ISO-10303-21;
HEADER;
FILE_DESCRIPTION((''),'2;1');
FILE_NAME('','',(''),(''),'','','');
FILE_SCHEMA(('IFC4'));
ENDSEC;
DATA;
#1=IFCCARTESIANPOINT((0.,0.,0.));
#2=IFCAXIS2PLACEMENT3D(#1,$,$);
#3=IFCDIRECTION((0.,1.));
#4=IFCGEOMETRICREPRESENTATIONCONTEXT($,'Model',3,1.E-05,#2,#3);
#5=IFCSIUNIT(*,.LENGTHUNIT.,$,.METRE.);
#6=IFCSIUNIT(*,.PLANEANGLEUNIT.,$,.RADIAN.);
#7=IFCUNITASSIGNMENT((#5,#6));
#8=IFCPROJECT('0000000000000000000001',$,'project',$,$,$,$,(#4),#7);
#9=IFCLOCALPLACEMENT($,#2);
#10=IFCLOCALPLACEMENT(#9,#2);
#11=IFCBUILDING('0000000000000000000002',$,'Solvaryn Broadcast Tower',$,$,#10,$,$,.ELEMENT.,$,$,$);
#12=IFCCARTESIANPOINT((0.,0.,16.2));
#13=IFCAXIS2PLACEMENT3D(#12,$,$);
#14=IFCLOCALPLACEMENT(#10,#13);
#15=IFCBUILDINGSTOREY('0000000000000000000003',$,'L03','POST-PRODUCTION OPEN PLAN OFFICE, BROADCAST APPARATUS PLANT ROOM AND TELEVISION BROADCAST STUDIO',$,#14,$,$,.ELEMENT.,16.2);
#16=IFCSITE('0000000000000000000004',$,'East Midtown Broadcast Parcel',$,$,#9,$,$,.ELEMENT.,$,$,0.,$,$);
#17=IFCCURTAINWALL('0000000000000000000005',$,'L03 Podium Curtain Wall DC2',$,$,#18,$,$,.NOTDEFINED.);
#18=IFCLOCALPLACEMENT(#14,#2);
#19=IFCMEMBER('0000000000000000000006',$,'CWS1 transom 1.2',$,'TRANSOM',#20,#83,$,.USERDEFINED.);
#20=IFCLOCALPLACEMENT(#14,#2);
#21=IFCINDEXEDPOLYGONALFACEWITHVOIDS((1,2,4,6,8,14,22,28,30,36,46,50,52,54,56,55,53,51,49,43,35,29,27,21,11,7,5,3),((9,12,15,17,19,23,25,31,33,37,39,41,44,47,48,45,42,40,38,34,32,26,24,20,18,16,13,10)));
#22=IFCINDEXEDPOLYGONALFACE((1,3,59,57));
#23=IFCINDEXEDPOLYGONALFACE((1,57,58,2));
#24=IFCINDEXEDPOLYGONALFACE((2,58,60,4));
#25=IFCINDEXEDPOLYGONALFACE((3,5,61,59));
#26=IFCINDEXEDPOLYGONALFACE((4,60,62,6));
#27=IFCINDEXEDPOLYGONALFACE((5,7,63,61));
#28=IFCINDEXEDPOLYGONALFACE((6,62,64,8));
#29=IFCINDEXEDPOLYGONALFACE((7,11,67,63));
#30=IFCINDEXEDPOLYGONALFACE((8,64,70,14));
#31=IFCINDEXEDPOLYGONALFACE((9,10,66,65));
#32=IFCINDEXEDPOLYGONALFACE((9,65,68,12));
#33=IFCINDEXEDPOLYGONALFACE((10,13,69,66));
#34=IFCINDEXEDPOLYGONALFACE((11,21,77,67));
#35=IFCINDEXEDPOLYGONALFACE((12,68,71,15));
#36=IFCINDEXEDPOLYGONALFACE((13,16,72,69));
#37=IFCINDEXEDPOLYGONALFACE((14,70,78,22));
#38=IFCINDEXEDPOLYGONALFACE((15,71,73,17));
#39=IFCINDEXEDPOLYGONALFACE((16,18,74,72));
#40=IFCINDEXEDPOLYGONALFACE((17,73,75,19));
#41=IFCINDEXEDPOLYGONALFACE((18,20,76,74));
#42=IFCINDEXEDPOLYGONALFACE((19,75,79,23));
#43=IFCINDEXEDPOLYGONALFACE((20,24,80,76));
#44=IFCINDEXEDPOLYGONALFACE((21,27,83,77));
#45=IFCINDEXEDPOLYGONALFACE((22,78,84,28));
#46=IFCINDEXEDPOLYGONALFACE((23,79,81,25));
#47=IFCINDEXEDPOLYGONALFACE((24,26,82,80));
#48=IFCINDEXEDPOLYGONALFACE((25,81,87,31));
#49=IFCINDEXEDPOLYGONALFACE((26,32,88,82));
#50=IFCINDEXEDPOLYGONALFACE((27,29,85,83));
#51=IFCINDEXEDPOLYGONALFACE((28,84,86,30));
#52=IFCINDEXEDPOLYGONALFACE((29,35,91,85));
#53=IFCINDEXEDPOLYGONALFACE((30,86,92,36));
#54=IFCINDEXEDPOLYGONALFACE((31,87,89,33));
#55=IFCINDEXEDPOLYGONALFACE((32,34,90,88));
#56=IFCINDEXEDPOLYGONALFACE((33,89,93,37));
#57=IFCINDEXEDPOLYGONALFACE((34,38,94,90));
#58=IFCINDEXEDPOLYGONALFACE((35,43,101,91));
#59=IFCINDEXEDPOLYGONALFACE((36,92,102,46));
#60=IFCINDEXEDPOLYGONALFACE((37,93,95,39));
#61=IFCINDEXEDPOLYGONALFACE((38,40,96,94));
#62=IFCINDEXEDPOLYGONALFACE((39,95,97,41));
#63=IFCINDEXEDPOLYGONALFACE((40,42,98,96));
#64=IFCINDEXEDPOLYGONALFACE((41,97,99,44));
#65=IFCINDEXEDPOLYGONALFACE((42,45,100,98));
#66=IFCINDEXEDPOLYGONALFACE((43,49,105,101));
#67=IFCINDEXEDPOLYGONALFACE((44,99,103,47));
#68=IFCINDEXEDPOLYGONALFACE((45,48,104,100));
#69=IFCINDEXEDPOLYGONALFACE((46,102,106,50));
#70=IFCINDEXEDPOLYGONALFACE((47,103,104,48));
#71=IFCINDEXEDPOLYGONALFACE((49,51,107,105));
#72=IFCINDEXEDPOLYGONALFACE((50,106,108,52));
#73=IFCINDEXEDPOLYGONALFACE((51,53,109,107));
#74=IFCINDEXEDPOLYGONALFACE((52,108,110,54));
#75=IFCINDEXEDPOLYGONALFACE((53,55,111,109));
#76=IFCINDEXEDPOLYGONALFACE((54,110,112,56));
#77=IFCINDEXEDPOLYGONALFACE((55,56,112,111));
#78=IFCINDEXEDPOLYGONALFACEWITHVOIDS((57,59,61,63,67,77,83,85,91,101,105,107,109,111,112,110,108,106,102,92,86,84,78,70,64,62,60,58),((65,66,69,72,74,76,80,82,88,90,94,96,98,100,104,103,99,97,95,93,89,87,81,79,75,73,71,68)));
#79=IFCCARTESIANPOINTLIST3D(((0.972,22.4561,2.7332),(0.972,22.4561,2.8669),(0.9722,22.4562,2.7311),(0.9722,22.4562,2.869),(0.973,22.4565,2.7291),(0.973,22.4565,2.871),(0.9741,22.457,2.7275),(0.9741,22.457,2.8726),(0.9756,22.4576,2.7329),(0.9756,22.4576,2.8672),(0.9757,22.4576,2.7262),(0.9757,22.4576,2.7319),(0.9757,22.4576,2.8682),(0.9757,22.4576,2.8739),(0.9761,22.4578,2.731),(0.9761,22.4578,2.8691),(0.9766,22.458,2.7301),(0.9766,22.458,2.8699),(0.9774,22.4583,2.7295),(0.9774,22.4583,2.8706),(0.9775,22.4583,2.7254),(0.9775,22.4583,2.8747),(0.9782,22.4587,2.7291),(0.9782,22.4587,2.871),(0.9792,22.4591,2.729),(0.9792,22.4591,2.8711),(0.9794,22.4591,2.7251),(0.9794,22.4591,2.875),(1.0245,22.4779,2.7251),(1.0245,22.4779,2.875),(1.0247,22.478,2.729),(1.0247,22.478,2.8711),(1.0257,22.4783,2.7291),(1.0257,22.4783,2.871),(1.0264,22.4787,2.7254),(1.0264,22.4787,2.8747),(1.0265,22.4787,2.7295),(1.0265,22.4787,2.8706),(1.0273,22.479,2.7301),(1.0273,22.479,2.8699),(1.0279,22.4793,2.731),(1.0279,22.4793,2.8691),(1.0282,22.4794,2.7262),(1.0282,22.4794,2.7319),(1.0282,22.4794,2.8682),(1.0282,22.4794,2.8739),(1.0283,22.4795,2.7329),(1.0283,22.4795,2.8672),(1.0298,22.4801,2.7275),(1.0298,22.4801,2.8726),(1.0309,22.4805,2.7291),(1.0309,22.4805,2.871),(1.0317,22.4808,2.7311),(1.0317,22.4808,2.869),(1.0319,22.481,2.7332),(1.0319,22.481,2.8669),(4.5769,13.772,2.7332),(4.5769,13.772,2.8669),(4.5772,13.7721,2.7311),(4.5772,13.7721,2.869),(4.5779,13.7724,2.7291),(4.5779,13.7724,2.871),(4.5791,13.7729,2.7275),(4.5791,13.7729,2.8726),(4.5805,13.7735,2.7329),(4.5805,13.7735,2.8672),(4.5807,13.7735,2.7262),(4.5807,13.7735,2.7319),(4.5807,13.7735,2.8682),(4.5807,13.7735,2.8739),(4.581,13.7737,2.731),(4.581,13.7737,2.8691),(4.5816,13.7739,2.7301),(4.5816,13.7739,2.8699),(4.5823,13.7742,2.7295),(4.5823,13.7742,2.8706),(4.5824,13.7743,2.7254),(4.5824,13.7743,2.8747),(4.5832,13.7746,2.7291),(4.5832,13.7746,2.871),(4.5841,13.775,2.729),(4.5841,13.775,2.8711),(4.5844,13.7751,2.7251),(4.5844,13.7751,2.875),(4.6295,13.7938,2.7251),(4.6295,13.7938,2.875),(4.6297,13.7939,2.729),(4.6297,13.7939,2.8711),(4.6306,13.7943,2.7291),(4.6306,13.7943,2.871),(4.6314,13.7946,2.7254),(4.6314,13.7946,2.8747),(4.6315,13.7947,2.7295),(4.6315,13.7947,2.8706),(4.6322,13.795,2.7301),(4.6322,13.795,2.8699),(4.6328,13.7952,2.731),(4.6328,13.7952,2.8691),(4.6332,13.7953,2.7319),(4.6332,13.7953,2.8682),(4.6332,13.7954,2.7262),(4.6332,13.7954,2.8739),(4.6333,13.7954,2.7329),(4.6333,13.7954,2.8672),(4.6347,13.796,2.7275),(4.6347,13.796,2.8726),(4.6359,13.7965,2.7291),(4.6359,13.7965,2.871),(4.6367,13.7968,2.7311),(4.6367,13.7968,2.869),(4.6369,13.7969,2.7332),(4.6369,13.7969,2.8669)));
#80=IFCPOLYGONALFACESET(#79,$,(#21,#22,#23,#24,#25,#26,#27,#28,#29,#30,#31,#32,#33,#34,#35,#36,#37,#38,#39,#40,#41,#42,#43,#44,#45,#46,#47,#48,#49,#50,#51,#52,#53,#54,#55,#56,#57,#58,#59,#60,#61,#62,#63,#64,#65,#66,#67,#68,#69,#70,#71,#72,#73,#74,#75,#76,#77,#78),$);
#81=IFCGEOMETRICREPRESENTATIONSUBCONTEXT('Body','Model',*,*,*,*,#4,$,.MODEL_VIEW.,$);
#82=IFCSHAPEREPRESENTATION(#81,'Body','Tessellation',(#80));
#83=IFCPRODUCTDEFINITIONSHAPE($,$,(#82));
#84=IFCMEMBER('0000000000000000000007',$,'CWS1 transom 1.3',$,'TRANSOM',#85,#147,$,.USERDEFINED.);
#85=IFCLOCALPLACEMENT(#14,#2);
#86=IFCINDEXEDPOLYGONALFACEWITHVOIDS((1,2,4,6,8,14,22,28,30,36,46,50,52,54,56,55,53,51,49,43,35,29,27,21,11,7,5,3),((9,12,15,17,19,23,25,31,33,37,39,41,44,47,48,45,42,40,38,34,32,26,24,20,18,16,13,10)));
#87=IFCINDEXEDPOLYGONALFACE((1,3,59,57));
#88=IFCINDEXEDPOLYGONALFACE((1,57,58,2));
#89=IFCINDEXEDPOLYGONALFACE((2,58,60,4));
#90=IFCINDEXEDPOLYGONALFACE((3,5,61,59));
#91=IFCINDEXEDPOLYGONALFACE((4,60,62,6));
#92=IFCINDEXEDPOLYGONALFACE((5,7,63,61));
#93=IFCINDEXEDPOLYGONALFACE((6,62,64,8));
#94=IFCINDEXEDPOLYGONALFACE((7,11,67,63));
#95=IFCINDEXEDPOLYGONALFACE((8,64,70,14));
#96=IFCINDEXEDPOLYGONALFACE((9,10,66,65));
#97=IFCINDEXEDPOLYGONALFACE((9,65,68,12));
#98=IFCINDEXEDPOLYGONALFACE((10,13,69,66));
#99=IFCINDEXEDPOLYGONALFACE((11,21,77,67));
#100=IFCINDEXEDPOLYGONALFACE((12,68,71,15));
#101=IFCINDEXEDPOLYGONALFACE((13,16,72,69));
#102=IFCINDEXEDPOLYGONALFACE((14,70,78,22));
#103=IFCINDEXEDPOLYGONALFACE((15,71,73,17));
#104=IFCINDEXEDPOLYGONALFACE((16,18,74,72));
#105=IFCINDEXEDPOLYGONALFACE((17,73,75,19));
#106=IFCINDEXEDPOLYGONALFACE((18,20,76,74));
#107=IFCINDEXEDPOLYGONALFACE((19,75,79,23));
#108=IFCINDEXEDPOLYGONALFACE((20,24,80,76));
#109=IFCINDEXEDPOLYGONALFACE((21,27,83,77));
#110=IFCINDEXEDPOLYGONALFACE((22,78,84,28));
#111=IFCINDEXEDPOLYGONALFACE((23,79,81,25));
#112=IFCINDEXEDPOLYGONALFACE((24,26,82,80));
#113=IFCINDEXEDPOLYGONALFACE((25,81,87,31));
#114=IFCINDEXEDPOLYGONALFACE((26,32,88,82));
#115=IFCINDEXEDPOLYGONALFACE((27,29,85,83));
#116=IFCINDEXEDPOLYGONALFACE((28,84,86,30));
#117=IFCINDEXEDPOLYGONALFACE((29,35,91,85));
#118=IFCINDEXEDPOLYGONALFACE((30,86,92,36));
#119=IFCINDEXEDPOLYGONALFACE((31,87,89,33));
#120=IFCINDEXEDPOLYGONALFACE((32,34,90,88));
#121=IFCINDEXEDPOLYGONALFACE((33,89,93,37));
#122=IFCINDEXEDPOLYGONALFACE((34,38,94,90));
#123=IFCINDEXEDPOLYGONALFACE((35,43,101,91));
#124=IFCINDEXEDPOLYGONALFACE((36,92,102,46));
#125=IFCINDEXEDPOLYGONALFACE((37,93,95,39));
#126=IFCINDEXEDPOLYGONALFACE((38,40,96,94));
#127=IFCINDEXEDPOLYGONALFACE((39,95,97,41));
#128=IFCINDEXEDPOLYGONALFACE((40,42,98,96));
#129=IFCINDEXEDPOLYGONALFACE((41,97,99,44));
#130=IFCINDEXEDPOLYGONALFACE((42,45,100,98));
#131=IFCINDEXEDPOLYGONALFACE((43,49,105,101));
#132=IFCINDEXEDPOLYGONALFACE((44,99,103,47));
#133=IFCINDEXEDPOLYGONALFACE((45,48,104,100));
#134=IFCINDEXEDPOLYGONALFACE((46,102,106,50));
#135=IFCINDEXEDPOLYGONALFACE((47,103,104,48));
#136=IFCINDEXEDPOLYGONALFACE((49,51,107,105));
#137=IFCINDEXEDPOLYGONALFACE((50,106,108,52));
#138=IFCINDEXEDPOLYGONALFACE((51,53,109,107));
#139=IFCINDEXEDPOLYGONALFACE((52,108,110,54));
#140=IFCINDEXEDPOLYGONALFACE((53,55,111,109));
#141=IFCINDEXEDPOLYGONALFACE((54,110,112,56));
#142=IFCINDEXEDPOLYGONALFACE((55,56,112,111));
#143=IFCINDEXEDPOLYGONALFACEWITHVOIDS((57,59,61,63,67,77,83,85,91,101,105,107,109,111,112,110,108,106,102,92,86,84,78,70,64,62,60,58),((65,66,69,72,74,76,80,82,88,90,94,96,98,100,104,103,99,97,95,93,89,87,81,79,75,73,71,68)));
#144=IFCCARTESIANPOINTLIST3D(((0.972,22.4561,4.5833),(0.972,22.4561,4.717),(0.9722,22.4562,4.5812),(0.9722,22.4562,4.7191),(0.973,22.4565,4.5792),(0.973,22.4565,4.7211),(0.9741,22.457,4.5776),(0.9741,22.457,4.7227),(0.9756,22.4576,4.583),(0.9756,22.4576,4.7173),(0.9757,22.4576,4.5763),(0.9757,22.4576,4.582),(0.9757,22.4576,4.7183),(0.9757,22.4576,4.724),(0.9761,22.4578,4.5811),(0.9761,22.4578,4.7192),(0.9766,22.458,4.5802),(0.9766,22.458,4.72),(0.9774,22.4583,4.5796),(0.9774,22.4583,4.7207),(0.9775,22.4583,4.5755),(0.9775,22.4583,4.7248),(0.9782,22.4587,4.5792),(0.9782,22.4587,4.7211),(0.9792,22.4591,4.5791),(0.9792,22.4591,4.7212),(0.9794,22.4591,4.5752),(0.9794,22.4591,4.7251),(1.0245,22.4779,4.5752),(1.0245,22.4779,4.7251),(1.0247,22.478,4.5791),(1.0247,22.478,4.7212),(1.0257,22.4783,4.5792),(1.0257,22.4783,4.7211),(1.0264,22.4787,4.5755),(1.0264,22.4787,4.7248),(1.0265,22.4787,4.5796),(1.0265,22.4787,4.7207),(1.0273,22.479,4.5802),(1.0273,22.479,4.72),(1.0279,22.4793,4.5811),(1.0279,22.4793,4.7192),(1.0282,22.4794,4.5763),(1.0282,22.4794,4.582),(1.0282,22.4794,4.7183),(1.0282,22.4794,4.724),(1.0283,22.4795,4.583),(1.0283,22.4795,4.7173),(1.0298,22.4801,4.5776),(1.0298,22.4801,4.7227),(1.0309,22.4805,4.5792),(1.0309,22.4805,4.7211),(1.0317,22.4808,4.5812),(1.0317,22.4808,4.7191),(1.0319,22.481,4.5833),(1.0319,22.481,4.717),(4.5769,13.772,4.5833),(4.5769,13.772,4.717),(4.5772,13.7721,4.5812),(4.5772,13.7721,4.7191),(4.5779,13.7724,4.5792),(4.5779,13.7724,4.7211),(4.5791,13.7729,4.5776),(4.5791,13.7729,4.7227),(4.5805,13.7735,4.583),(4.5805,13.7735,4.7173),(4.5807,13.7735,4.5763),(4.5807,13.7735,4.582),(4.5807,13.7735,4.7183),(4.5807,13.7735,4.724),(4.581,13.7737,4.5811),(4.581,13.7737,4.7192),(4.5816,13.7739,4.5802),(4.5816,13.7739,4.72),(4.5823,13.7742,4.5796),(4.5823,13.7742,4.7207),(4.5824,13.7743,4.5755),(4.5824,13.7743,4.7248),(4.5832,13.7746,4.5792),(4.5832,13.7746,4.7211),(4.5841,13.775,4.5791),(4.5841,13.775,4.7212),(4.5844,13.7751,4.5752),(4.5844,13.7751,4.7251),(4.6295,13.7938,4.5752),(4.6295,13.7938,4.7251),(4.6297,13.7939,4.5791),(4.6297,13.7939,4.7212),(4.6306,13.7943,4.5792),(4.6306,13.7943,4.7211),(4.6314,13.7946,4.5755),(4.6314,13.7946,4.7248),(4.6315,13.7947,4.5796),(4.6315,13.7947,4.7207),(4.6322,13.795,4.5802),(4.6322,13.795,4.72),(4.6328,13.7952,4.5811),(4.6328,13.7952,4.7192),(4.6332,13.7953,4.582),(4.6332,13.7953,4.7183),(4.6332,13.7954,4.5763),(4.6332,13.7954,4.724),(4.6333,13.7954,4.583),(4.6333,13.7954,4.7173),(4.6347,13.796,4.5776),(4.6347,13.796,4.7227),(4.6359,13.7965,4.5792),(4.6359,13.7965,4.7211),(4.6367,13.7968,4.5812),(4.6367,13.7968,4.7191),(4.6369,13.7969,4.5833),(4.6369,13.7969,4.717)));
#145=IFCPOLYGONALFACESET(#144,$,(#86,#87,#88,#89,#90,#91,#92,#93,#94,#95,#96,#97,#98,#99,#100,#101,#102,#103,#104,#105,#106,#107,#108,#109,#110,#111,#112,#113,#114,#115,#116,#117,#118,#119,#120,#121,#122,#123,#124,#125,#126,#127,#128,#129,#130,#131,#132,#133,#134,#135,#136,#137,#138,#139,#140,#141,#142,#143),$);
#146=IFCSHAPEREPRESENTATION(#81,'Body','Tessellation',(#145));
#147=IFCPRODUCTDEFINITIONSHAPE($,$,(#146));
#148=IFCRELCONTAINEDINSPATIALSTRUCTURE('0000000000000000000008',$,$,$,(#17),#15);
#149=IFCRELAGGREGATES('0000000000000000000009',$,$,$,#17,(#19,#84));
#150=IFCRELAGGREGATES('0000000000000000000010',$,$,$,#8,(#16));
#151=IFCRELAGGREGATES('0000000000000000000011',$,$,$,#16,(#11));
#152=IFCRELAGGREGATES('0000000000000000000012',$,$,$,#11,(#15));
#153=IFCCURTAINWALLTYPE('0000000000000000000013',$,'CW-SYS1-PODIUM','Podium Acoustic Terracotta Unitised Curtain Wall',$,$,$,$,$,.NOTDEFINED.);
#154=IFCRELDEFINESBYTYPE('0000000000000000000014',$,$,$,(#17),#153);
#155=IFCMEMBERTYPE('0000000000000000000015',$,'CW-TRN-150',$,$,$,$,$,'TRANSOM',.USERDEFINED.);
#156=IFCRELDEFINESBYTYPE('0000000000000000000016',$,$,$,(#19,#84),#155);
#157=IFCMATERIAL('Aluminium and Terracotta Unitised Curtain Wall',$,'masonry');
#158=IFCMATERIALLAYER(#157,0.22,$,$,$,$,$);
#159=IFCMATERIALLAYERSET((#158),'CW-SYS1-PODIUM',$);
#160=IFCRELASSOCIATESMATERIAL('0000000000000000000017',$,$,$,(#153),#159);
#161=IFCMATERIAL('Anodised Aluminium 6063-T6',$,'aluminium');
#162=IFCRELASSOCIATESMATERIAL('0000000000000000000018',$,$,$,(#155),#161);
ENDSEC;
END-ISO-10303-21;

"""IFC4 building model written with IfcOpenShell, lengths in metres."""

from ifc_helpers import new_model, si_unit, direction, frame, origin, origin_2d, place, context, subcontext, project, spatial, hollow_rectangle, extrude, material, layer, layer_set, material_profile, profile_set, type_object, element, aggregate, save


model = new_model("IFC4")

# Units and contexts
model_context = context("Model", 3, precision=1e-05, world=origin(), true_north=direction((0.0, 1.0)))
body_context = subcontext(model_context, "Body", "Model", "MODEL_VIEW")
ifc_project = project(units=[si_unit("LENGTHUNIT", "METRE"), si_unit("PLANEANGLEUNIT", "RADIAN")], contexts=[model_context])

# Site, building, storey
site_placement = place(None, origin())
site = spatial("IfcSite", under=ifc_project, at=site_placement, Name="East Midtown Broadcast Parcel", CompositionType="ELEMENT", RefElevation=0.0)
building_placement = place(site_placement, origin())
building = spatial("IfcBuilding", under=site, at=building_placement, Name="Solvaryn Broadcast Tower", CompositionType="ELEMENT")
storey_placement = place(building_placement, frame((0.0, 0.0, 16.2)))
storey = spatial("IfcBuildingStorey", under=building, at=storey_placement, Name="L03", Description="POST-PRODUCTION OPEN PLAN OFFICE, BROADCAST APPARATUS PLANT ROOM AND TELEVISION BROADCAST STUDIO", CompositionType="ELEMENT", Elevation=16.2)

# Shared definitions
ifc_material_1 = material(Name="Aluminium and Terracotta Unitised Curtain Wall", Category="masonry")
ifc_layer_1 = layer(ifc_material_1, 0.22)
ifc_layer_set_1 = layer_set([ifc_layer_1], Name="CW-SYS1-PODIUM")
curtain_wall_type = type_object("IfcCurtainWallType", Name="CW-SYS1-PODIUM", Description="Podium Acoustic Terracotta Unitised Curtain Wall", PredefinedType="NOTDEFINED", material=ifc_layer_set_1)

# Curtain wall
curtain_wall_1_placement = place(storey_placement, origin())
curtain_wall_1 = element("IfcCurtainWall", 1, at=curtain_wall_1_placement, inside=storey, type_object=curtain_wall_type, Name="L03 Podium Curtain Wall DC2", PredefinedType="NOTDEFINED")

# Members
ifc_material_2 = material(Name="Anodised Aluminium 6063-T6", Category="aluminium")
ifc_material_profile_1 = material_profile(ifc_material_2, hollow_rectangle(XDim=0.0649, YDim=0.1499, WallThickness=0.0039, InnerFilletRadius=0.0039, OuterFilletRadius=0.0081, at=origin_2d()))
ifc_profile_set_1 = profile_set([ifc_material_profile_1], Name="Anodised Aluminium 6063-T6")
member_type_1 = type_object("IfcMemberType", Name="CW-TRN-150", ElementType="TRANSOM", PredefinedType="USERDEFINED", material=ifc_profile_set_1)
member_1_placement = place(storey_placement, frame((1.002, 22.4685, 2.8), z_axis=(0.383402, -0.923582, 0.0), x_axis=(0.923582, 0.383402, 0.0)))
member_1 = element("IfcMember", 2, at=member_1_placement, type_object=member_type_1, Name="CWS1 transom 1.2", ObjectType="TRANSOM", PredefinedType="USERDEFINED", context=body_context, shape_type="SweptSolid", body=[
    extrude(hollow_rectangle(XDim=0.0649, YDim=0.1499, WallThickness=0.0039, InnerFilletRadius=0.0039, OuterFilletRadius=0.0081, at=origin_2d()), origin(), (0.0, 0.0, 1.0), 9.4026),
])
member_2_placement = place(storey_placement, frame((1.002, 22.4685, 4.6501), z_axis=(0.383402, -0.923582, 0.0), x_axis=(0.923582, 0.383402, 0.0)))
member_2 = element("IfcMember", 3, at=member_2_placement, type_object=member_type_1, Name="CWS1 transom 1.3", ObjectType="TRANSOM", PredefinedType="USERDEFINED", context=body_context, shape_type="SweptSolid", body=[
    extrude(hollow_rectangle(XDim=0.0649, YDim=0.1499, WallThickness=0.0039, InnerFilletRadius=0.0039, OuterFilletRadius=0.0081, at=origin_2d()), origin(), (0.0, 0.0, 1.0), 9.4026),
])

aggregate(curtain_wall_1, [member_1, member_2])

save(model, "model.ifc")
